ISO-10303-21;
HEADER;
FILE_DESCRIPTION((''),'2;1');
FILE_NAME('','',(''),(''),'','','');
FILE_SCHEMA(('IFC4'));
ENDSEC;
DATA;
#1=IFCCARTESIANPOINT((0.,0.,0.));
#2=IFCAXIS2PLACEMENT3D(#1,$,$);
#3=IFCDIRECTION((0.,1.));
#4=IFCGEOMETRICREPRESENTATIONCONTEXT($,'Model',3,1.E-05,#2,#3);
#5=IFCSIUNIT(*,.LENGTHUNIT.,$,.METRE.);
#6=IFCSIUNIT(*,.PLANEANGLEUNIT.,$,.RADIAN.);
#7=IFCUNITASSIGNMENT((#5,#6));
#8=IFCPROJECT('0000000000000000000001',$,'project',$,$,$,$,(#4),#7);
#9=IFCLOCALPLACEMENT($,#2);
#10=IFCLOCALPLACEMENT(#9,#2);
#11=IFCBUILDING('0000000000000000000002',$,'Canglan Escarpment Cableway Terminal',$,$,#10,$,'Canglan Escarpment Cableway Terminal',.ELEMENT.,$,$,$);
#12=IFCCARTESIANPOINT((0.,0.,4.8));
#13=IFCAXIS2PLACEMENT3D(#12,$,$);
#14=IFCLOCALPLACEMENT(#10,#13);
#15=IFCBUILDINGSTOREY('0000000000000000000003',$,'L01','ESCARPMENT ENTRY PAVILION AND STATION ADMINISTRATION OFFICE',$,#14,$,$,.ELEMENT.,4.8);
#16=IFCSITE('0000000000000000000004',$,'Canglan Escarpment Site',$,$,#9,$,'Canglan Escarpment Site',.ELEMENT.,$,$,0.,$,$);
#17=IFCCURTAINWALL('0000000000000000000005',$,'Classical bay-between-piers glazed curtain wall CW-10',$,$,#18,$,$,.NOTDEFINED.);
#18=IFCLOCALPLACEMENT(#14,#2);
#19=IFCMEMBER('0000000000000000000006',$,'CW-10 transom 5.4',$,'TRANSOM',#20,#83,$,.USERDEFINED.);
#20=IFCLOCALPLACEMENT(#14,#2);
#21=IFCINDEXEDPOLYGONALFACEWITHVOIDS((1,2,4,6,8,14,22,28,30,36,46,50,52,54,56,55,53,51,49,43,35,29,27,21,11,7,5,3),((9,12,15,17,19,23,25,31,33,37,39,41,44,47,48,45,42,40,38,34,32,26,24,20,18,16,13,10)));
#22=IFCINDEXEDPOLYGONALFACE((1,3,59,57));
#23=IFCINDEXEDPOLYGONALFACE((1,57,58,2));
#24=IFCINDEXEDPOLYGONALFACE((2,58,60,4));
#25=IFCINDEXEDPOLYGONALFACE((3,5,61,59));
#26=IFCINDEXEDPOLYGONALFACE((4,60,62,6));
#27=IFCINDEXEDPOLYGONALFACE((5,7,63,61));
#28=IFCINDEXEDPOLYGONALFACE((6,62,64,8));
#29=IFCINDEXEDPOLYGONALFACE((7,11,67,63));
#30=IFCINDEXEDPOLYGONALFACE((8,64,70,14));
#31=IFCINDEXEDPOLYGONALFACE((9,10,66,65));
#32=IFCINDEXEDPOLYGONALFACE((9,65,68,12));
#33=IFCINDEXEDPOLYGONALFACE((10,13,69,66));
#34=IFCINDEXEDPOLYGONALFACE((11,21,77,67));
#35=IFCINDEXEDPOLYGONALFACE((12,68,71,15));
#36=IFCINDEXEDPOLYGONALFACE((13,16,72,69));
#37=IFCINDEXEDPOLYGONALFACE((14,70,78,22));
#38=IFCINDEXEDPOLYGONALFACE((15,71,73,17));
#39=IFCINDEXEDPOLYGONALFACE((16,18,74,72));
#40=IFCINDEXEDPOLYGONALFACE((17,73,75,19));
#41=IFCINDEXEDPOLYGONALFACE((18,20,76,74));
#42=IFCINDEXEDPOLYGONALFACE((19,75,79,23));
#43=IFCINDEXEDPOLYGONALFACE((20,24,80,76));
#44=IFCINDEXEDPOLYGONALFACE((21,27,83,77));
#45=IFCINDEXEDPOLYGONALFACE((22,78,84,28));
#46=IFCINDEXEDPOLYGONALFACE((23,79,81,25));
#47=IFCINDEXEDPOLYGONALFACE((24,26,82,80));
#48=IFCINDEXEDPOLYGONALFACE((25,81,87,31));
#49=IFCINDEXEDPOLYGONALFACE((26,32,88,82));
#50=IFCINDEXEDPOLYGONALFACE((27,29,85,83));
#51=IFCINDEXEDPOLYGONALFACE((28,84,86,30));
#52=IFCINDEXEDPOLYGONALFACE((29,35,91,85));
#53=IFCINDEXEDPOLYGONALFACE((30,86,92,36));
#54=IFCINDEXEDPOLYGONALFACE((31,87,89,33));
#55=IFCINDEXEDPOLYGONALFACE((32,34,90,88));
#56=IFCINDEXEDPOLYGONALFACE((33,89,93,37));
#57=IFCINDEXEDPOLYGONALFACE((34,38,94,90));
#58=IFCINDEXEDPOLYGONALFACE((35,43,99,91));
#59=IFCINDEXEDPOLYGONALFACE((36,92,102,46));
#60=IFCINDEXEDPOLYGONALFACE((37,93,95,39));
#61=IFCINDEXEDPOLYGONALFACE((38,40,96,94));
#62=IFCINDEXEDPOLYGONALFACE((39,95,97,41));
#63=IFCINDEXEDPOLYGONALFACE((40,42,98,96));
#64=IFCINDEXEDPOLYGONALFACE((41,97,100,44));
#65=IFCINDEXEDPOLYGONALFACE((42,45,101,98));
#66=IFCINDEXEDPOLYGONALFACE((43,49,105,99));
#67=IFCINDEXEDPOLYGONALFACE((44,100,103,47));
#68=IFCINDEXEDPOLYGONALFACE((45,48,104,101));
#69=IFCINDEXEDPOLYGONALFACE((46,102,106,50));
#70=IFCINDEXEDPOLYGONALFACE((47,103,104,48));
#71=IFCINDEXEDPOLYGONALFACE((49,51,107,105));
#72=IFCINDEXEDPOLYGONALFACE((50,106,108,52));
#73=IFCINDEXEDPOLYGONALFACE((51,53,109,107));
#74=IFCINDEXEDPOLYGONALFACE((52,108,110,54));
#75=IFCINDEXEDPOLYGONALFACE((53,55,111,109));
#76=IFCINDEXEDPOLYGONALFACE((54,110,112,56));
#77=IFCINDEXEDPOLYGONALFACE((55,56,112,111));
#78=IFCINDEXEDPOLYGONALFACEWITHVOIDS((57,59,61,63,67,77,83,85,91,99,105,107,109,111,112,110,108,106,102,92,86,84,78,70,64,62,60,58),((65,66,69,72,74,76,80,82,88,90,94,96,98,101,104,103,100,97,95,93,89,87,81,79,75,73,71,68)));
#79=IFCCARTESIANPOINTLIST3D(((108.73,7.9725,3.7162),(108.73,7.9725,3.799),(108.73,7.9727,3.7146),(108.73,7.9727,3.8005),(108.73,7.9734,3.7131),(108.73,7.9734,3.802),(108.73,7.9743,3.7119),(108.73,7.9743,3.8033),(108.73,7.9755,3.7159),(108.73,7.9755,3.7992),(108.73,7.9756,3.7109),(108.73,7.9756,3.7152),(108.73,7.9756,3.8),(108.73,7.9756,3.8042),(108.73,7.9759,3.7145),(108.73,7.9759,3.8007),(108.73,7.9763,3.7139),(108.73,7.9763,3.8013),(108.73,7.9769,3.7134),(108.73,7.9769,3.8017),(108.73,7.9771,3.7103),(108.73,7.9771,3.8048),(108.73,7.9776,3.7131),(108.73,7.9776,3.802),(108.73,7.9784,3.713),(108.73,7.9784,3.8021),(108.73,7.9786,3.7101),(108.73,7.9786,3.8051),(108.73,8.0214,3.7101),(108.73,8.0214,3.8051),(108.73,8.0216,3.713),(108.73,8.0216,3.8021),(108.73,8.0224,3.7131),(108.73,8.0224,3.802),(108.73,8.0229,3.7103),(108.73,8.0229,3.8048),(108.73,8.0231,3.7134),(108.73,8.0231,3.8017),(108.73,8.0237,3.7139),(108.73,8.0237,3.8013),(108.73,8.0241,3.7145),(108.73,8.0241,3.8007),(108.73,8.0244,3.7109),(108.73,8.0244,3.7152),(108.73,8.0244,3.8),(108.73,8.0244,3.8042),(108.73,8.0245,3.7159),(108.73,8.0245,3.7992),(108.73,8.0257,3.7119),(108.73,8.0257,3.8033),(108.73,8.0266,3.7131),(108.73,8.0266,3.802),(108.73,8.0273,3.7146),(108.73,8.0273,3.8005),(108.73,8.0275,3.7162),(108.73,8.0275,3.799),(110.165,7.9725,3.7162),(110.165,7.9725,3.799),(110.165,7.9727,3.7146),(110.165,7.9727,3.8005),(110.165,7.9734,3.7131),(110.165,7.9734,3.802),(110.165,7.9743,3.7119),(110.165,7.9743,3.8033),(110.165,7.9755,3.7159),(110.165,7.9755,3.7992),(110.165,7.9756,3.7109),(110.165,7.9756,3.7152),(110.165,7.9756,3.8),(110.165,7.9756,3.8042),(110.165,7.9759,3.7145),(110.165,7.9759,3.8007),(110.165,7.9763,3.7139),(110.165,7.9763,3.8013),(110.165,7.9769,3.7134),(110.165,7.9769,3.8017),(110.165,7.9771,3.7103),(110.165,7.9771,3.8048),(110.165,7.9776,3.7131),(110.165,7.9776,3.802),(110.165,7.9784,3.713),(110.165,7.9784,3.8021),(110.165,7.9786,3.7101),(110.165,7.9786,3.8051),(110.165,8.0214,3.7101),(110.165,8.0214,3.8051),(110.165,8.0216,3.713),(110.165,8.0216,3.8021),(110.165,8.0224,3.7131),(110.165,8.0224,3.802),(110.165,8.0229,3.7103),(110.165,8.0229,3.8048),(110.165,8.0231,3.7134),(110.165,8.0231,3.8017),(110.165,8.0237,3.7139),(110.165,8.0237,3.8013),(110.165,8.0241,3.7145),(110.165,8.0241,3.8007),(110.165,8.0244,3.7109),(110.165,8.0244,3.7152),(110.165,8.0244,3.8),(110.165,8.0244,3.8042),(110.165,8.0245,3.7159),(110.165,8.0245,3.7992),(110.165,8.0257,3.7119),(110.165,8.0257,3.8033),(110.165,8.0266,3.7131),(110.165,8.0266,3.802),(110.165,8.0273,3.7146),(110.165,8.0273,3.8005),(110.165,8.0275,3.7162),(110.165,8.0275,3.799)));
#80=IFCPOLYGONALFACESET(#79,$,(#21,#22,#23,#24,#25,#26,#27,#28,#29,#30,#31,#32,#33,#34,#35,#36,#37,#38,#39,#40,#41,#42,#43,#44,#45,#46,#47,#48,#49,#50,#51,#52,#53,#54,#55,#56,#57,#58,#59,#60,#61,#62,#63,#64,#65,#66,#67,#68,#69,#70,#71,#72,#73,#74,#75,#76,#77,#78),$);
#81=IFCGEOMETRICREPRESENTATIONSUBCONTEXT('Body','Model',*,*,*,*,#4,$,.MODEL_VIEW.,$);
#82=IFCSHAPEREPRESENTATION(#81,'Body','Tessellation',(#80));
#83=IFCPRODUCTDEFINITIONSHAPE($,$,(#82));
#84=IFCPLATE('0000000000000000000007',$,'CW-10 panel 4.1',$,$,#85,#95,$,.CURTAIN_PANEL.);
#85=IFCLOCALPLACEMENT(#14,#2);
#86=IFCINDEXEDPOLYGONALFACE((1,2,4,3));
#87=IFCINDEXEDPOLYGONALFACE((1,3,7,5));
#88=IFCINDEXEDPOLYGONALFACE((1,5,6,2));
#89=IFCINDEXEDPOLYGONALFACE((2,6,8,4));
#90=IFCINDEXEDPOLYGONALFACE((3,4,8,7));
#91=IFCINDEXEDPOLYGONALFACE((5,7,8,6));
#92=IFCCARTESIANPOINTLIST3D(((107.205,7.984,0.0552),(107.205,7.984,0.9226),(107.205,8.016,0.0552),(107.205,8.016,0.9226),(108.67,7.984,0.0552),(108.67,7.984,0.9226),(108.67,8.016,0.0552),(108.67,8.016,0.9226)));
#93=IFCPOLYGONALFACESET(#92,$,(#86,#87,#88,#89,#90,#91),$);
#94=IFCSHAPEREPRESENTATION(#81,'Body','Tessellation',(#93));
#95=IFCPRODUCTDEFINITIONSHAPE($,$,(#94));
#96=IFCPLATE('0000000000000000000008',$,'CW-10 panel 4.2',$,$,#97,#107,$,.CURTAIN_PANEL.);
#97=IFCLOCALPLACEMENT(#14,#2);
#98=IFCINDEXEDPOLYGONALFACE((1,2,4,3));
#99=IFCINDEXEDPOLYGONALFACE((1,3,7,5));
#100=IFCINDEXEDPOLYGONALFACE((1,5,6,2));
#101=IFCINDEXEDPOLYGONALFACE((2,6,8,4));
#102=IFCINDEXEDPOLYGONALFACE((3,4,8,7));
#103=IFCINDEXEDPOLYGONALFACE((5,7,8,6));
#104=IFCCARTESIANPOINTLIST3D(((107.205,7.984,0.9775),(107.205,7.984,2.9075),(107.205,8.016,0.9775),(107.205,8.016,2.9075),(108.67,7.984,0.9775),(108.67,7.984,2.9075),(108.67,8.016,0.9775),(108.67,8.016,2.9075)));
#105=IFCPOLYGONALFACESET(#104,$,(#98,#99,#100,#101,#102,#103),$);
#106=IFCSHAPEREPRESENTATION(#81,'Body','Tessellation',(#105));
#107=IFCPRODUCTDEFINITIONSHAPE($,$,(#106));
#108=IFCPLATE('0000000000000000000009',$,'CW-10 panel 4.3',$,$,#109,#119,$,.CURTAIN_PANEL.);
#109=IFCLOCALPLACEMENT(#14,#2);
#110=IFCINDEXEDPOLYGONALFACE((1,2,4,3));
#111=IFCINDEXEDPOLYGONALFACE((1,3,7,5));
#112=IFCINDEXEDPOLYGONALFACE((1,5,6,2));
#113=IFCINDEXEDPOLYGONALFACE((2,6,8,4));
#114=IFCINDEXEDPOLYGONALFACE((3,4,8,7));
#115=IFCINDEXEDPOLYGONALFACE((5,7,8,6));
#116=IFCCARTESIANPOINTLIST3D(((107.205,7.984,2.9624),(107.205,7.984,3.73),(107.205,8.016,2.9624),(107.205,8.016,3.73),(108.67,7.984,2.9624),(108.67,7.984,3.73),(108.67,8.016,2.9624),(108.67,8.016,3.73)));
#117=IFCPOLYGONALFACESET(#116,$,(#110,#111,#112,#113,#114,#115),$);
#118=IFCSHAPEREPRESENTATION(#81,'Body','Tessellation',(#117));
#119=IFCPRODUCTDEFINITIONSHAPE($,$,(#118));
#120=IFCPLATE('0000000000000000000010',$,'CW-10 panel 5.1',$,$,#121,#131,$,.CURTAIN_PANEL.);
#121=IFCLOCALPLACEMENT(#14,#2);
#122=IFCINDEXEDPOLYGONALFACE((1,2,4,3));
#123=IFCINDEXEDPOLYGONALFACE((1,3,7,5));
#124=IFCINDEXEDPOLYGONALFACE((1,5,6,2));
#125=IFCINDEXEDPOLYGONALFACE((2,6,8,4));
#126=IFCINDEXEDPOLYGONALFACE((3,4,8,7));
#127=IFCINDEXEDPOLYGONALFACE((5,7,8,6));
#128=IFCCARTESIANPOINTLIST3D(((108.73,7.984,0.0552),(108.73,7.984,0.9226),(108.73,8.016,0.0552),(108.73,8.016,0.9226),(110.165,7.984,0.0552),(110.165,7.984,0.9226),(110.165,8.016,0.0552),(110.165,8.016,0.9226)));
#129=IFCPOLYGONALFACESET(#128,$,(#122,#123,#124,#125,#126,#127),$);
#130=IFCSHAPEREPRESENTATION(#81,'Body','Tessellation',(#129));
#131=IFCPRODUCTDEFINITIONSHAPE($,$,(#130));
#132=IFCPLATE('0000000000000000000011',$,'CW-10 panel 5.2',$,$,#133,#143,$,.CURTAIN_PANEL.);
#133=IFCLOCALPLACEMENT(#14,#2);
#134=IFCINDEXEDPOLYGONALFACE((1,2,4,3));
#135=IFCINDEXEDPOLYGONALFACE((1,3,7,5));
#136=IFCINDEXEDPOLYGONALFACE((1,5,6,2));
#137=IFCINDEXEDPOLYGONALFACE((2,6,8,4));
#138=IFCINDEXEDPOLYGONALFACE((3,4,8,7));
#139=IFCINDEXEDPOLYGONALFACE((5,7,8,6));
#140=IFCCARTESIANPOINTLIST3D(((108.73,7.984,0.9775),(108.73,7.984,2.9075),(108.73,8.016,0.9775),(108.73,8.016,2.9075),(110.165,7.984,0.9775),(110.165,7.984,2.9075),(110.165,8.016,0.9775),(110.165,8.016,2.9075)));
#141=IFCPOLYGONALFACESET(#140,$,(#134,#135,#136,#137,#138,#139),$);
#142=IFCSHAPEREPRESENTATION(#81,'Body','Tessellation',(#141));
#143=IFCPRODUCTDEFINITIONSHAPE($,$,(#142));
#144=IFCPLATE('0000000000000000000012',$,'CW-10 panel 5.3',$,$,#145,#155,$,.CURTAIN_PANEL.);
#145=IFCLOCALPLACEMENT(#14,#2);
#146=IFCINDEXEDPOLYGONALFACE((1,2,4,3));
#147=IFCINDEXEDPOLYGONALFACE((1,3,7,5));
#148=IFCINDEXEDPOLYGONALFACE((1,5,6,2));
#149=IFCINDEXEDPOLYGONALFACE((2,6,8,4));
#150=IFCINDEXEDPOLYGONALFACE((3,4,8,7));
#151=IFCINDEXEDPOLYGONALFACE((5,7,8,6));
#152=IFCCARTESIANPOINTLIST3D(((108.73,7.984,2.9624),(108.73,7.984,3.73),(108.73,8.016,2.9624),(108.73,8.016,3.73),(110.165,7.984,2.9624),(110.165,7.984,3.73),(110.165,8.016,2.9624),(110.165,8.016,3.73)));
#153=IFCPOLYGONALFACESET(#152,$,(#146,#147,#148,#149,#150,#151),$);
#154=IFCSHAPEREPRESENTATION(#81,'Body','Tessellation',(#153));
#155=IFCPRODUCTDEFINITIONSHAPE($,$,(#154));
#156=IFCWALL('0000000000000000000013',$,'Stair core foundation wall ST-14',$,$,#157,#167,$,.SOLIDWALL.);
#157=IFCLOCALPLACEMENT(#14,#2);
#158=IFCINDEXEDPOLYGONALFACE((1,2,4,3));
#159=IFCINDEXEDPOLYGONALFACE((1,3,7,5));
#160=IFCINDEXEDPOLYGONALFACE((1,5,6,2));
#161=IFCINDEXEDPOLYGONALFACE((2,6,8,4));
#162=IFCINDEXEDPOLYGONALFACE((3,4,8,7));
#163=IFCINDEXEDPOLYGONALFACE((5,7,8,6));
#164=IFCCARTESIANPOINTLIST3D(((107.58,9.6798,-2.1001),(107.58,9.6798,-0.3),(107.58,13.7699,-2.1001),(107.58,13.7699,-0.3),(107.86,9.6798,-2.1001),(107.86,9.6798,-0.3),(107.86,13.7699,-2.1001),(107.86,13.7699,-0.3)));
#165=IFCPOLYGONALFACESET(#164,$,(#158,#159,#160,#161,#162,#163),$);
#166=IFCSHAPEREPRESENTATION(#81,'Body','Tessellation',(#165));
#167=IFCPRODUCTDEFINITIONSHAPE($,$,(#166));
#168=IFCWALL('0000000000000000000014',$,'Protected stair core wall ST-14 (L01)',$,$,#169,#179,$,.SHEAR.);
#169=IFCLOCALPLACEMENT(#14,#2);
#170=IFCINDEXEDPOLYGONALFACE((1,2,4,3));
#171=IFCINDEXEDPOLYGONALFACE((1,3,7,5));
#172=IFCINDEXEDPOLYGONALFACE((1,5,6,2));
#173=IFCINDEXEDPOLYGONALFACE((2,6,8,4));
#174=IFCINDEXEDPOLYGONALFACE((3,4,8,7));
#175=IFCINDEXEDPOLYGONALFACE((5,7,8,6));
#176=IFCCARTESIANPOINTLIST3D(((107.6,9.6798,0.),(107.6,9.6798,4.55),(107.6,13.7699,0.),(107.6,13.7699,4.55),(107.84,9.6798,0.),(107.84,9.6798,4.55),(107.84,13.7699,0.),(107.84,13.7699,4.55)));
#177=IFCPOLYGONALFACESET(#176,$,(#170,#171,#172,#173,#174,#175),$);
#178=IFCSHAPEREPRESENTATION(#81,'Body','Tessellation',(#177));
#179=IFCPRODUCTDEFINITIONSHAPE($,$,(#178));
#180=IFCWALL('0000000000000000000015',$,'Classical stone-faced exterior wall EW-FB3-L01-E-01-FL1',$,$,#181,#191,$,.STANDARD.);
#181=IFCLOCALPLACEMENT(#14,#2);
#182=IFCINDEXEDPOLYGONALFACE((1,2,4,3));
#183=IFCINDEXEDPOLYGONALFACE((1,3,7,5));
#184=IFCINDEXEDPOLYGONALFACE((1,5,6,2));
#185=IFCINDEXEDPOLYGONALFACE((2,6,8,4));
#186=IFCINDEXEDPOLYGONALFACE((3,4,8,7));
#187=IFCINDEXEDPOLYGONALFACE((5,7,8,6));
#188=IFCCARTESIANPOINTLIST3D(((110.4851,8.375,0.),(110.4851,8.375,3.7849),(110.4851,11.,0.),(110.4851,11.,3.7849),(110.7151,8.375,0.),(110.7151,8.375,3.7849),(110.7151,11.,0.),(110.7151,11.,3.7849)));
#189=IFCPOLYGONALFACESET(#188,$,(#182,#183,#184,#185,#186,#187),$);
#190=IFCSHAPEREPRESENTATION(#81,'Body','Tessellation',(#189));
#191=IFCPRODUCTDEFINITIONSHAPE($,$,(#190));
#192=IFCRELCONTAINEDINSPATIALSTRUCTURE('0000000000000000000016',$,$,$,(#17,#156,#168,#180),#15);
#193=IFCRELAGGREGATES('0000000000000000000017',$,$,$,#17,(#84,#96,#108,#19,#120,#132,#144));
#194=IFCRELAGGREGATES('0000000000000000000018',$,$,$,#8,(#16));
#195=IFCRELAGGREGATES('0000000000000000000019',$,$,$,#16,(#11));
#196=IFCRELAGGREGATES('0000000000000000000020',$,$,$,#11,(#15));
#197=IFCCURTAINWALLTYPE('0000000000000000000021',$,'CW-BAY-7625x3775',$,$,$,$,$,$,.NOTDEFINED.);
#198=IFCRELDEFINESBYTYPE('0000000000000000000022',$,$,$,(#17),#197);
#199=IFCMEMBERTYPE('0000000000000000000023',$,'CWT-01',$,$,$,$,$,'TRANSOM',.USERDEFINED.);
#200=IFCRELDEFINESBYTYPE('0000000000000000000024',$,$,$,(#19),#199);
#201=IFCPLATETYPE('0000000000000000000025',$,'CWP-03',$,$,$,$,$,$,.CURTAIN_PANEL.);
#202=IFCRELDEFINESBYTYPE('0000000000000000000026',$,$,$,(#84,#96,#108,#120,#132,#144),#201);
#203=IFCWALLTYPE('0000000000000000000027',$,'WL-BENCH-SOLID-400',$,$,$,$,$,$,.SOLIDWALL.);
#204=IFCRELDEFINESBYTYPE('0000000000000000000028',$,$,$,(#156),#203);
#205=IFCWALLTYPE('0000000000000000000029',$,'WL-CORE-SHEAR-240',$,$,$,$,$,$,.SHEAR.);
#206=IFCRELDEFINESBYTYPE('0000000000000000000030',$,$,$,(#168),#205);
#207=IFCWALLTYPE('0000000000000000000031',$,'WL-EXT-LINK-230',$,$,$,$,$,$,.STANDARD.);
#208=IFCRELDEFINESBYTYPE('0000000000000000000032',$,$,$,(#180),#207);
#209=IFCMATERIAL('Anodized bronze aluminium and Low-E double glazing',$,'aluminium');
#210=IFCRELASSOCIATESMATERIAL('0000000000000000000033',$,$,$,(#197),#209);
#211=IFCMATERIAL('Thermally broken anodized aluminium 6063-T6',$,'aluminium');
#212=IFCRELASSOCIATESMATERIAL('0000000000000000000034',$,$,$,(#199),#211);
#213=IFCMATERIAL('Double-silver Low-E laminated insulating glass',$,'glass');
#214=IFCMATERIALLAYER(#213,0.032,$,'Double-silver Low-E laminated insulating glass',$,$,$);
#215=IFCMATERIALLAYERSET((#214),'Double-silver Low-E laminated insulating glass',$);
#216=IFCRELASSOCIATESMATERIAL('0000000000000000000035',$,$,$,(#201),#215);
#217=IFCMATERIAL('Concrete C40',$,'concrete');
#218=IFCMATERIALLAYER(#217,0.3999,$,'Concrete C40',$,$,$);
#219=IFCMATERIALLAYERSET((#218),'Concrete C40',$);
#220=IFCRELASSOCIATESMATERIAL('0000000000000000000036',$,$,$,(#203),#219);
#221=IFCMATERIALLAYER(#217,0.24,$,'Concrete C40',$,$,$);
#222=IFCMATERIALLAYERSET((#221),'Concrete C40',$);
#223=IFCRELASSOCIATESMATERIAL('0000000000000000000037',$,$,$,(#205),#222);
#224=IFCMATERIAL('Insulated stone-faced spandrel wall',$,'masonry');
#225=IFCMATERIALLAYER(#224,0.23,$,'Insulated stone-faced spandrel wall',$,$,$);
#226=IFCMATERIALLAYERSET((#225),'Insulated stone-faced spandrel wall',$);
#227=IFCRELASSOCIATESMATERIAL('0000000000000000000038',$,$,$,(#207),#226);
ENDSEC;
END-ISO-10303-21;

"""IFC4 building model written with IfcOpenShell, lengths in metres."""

from ifc_helpers import new_model, si_unit, direction, frame, frame_2d, origin, origin_2d, place, context, subcontext, project, spatial, rectangle, hollow_rectangle, extrude, material, layer, layer_set, material_profile, profile_set, type_object, element, aggregate, save


model = new_model("IFC4")

# Units and contexts
model_context = context("Model", 3, precision=1e-05, world=origin(), true_north=direction((0.0, 1.0)))
body_context = subcontext(model_context, "Body", "Model", "MODEL_VIEW")
ifc_project = project(units=[si_unit("LENGTHUNIT", "METRE"), si_unit("PLANEANGLEUNIT", "RADIAN")], contexts=[model_context])

# Site, building, storey
site_placement = place(None, origin())
site = spatial("IfcSite", under=ifc_project, at=site_placement, Name="Canglan Escarpment Site", LongName="Canglan Escarpment Site", CompositionType="ELEMENT", RefElevation=0.0)
building_placement = place(site_placement, origin())
building = spatial("IfcBuilding", under=site, at=building_placement, Name="Canglan Escarpment Cableway Terminal", LongName="Canglan Escarpment Cableway Terminal", CompositionType="ELEMENT")
storey_placement = place(building_placement, frame((0.0, 0.0, 4.8)))
storey = spatial("IfcBuildingStorey", under=building, at=storey_placement, Name="L01", Description="ESCARPMENT ENTRY PAVILION AND STATION ADMINISTRATION OFFICE", CompositionType="ELEMENT", Elevation=4.8)

# Shared definitions
ifc_material_1 = material(Name="Concrete C40", Category="concrete")

# Curtain wall, member, plates
ifc_material_2 = material(Name="Anodized bronze aluminium and Low-E double glazing", Category="aluminium")
curtain_wall_type = type_object("IfcCurtainWallType", Name="CW-BAY-7625x3775", PredefinedType="NOTDEFINED", material=ifc_material_2)
curtain_wall_placement = place(storey_placement, origin())
curtain_wall = element("IfcCurtainWall", 1, at=curtain_wall_placement, inside=storey, type_object=curtain_wall_type, Name="Classical bay-between-piers glazed curtain wall CW-10", PredefinedType="NOTDEFINED")
ifc_material_3 = material(Name="Thermally broken anodized aluminium 6063-T6", Category="aluminium")
ifc_material_profile_1 = material_profile(ifc_material_3, hollow_rectangle(XDim=0.0549, YDim=0.095, WallThickness=0.0029, InnerFilletRadius=0.0029, OuterFilletRadius=0.0061, at=origin_2d()), Name="ALU-TRAN 55x95x3")
ifc_profile_set_1 = profile_set([ifc_material_profile_1], Name="Thermally broken anodized aluminium 6063-T6")
member_type_1 = type_object("IfcMemberType", Name="CWT-01", ElementType="TRANSOM", PredefinedType="USERDEFINED", material=ifc_profile_set_1)
member_1_placement = place(storey_placement, frame((108.73, 8.0, 3.7576), z_axis=(1.0, 0.0, 0.0), x_axis=(0.0, 1.0, 0.0)))
member_1 = element("IfcMember", 2, at=member_1_placement, type_object=member_type_1, Name="CW-10 transom 5.4", ObjectType="TRANSOM", PredefinedType="USERDEFINED", context=body_context, shape_type="SweptSolid", body=[
    extrude(hollow_rectangle(XDim=0.0549, YDim=0.095, WallThickness=0.0029, InnerFilletRadius=0.0029, OuterFilletRadius=0.0061, at=origin_2d()), origin(), (0.0, 0.0, 1.0), 1.4351),
])
ifc_material_4 = material(Name="Double-silver Low-E laminated insulating glass", Category="glass")
ifc_layer_1 = layer(ifc_material_4, 0.032, Name="Double-silver Low-E laminated insulating glass")
ifc_layer_set_1 = layer_set([ifc_layer_1], Name="Double-silver Low-E laminated insulating glass")
plate_type = type_object("IfcPlateType", Name="CWP-03", PredefinedType="CURTAIN_PANEL", material=ifc_layer_set_1)
plate_1_placement = place(storey_placement, frame((107.9375, 8.0, 0.0552), z_axis=(0.0, 0.0, 1.0), x_axis=(1.0, 0.0, 0.0)))
plate_1 = element("IfcPlate", 3, at=plate_1_placement, type_object=plate_type, Name="CW-10 panel 4.1", PredefinedType="CURTAIN_PANEL", context=body_context, shape_type="SweptSolid", body=[
    extrude(rectangle(XDim=1.4651, YDim=0.032, at=origin_2d()), origin(), (0.0, 0.0, 1.0), 0.8674),
])
plate_2_placement = place(storey_placement, frame((107.9375, 8.0, 0.9775), z_axis=(0.0, 0.0, 1.0), x_axis=(1.0, 0.0, 0.0)))
plate_2 = element("IfcPlate", 4, at=plate_2_placement, type_object=plate_type, Name="CW-10 panel 4.2", PredefinedType="CURTAIN_PANEL", context=body_context, shape_type="SweptSolid", body=[
    extrude(rectangle(XDim=1.4651, YDim=0.032, at=origin_2d()), origin(), (0.0, 0.0, 1.0), 1.9299),
])
plate_3_placement = place(storey_placement, frame((107.9375, 8.0, 2.9624), z_axis=(0.0, 0.0, 1.0), x_axis=(1.0, 0.0, 0.0)))
plate_3 = element("IfcPlate", 5, at=plate_3_placement, type_object=plate_type, Name="CW-10 panel 4.3", PredefinedType="CURTAIN_PANEL", context=body_context, shape_type="SweptSolid", body=[
    extrude(rectangle(XDim=1.4651, YDim=0.032, at=origin_2d()), origin(), (0.0, 0.0, 1.0), 0.7676),
])
plate_4_placement = place(storey_placement, frame((109.4475, 8.0, 0.0552), z_axis=(0.0, 0.0, 1.0), x_axis=(1.0, 0.0, 0.0)))
plate_4 = element("IfcPlate", 6, at=plate_4_placement, type_object=plate_type, Name="CW-10 panel 5.1", PredefinedType="CURTAIN_PANEL", context=body_context, shape_type="SweptSolid", body=[
    extrude(rectangle(XDim=1.4351, YDim=0.032, at=origin_2d()), origin(), (0.0, 0.0, 1.0), 0.8674),
])
plate_5_placement = place(storey_placement, frame((109.4475, 8.0, 0.9775), z_axis=(0.0, 0.0, 1.0), x_axis=(1.0, 0.0, 0.0)))
plate_5 = element("IfcPlate", 7, at=plate_5_placement, type_object=plate_type, Name="CW-10 panel 5.2", PredefinedType="CURTAIN_PANEL", context=body_context, shape_type="SweptSolid", body=[
    extrude(rectangle(XDim=1.4351, YDim=0.032, at=origin_2d()), origin(), (0.0, 0.0, 1.0), 1.9299),
])
plate_6_placement = place(storey_placement, frame((109.4475, 8.0, 2.9624), z_axis=(0.0, 0.0, 1.0), x_axis=(1.0, 0.0, 0.0)))
plate_6 = element("IfcPlate", 8, at=plate_6_placement, type_object=plate_type, Name="CW-10 panel 5.3", PredefinedType="CURTAIN_PANEL", context=body_context, shape_type="SweptSolid", body=[
    extrude(rectangle(XDim=1.4351, YDim=0.032, at=origin_2d()), origin(), (0.0, 0.0, 1.0), 0.7676),
])
aggregate(curtain_wall, [plate_1, plate_2, plate_3, member_1, plate_4, plate_5, plate_6])

# Walls
ifc_layer_2 = layer(ifc_material_1, 0.3999, Name="Concrete C40")
ifc_layer_set_2 = layer_set([ifc_layer_2], Name="Concrete C40")
wall_type_1 = type_object("IfcWallType", Name="WL-BENCH-SOLID-400", PredefinedType="SOLIDWALL", material=ifc_layer_set_2)
wall_1_placement = place(storey_placement, frame((107.72, 9.6799, -2.1001), z_axis=(0.0, 0.0, 1.0), x_axis=(0.0, 1.0, 0.0)))
element("IfcWall", 9, at=wall_1_placement, inside=storey, type_object=wall_type_1, Name="Stair core foundation wall ST-14", PredefinedType="SOLIDWALL", context=body_context, shape_type="SweptSolid", body=[
    extrude(rectangle(XDim=4.0901, YDim=0.28, at=frame_2d((2.0449, 0.0))), origin(), (0.0, 0.0, 1.0), 1.8),
])
ifc_layer_3 = layer(ifc_material_1, 0.24, Name="Concrete C40")
ifc_layer_set_3 = layer_set([ifc_layer_3], Name="Concrete C40")
wall_type_2 = type_object("IfcWallType", Name="WL-CORE-SHEAR-240", PredefinedType="SHEAR", material=ifc_layer_set_3)
wall_2_placement = place(storey_placement, frame((107.72, 9.6799, 0.0), z_axis=(0.0, 0.0, 1.0), x_axis=(0.0, 1.0, 0.0)))
element("IfcWall", 10, at=wall_2_placement, inside=storey, type_object=wall_type_2, Name="Protected stair core wall ST-14 (L01)", PredefinedType="SHEAR", context=body_context, shape_type="SweptSolid", body=[
    extrude(rectangle(XDim=4.0901, YDim=0.24, at=frame_2d((2.0449, 0.0))), origin(), (0.0, 0.0, 1.0), 4.55),
])
ifc_material_5 = material(Name="Insulated stone-faced spandrel wall", Category="masonry")
ifc_layer_4 = layer(ifc_material_5, 0.23, Name="Insulated stone-faced spandrel wall")
ifc_layer_set_4 = layer_set([ifc_layer_4], Name="Insulated stone-faced spandrel wall")
wall_type_3 = type_object("IfcWallType", Name="WL-EXT-LINK-230", PredefinedType="STANDARD", material=ifc_layer_set_4)
wall_3_placement = place(storey_placement, frame((110.6001, 8.375, 0.0), z_axis=(0.0, 0.0, 1.0), x_axis=(0.0, 1.0, 0.0)))
element("IfcWall", 11, at=wall_3_placement, inside=storey, type_object=wall_type_3, Name="Classical stone-faced exterior wall EW-FB3-L01-E-01-FL1", PredefinedType="STANDARD", context=body_context, shape_type="SweptSolid", body=[
    extrude(rectangle(XDim=2.625, YDim=0.23, at=frame_2d((1.3125, 0.0))), origin(), (0.0, 0.0, 1.0), 3.7849),
])

save(model, "model.ifc")
